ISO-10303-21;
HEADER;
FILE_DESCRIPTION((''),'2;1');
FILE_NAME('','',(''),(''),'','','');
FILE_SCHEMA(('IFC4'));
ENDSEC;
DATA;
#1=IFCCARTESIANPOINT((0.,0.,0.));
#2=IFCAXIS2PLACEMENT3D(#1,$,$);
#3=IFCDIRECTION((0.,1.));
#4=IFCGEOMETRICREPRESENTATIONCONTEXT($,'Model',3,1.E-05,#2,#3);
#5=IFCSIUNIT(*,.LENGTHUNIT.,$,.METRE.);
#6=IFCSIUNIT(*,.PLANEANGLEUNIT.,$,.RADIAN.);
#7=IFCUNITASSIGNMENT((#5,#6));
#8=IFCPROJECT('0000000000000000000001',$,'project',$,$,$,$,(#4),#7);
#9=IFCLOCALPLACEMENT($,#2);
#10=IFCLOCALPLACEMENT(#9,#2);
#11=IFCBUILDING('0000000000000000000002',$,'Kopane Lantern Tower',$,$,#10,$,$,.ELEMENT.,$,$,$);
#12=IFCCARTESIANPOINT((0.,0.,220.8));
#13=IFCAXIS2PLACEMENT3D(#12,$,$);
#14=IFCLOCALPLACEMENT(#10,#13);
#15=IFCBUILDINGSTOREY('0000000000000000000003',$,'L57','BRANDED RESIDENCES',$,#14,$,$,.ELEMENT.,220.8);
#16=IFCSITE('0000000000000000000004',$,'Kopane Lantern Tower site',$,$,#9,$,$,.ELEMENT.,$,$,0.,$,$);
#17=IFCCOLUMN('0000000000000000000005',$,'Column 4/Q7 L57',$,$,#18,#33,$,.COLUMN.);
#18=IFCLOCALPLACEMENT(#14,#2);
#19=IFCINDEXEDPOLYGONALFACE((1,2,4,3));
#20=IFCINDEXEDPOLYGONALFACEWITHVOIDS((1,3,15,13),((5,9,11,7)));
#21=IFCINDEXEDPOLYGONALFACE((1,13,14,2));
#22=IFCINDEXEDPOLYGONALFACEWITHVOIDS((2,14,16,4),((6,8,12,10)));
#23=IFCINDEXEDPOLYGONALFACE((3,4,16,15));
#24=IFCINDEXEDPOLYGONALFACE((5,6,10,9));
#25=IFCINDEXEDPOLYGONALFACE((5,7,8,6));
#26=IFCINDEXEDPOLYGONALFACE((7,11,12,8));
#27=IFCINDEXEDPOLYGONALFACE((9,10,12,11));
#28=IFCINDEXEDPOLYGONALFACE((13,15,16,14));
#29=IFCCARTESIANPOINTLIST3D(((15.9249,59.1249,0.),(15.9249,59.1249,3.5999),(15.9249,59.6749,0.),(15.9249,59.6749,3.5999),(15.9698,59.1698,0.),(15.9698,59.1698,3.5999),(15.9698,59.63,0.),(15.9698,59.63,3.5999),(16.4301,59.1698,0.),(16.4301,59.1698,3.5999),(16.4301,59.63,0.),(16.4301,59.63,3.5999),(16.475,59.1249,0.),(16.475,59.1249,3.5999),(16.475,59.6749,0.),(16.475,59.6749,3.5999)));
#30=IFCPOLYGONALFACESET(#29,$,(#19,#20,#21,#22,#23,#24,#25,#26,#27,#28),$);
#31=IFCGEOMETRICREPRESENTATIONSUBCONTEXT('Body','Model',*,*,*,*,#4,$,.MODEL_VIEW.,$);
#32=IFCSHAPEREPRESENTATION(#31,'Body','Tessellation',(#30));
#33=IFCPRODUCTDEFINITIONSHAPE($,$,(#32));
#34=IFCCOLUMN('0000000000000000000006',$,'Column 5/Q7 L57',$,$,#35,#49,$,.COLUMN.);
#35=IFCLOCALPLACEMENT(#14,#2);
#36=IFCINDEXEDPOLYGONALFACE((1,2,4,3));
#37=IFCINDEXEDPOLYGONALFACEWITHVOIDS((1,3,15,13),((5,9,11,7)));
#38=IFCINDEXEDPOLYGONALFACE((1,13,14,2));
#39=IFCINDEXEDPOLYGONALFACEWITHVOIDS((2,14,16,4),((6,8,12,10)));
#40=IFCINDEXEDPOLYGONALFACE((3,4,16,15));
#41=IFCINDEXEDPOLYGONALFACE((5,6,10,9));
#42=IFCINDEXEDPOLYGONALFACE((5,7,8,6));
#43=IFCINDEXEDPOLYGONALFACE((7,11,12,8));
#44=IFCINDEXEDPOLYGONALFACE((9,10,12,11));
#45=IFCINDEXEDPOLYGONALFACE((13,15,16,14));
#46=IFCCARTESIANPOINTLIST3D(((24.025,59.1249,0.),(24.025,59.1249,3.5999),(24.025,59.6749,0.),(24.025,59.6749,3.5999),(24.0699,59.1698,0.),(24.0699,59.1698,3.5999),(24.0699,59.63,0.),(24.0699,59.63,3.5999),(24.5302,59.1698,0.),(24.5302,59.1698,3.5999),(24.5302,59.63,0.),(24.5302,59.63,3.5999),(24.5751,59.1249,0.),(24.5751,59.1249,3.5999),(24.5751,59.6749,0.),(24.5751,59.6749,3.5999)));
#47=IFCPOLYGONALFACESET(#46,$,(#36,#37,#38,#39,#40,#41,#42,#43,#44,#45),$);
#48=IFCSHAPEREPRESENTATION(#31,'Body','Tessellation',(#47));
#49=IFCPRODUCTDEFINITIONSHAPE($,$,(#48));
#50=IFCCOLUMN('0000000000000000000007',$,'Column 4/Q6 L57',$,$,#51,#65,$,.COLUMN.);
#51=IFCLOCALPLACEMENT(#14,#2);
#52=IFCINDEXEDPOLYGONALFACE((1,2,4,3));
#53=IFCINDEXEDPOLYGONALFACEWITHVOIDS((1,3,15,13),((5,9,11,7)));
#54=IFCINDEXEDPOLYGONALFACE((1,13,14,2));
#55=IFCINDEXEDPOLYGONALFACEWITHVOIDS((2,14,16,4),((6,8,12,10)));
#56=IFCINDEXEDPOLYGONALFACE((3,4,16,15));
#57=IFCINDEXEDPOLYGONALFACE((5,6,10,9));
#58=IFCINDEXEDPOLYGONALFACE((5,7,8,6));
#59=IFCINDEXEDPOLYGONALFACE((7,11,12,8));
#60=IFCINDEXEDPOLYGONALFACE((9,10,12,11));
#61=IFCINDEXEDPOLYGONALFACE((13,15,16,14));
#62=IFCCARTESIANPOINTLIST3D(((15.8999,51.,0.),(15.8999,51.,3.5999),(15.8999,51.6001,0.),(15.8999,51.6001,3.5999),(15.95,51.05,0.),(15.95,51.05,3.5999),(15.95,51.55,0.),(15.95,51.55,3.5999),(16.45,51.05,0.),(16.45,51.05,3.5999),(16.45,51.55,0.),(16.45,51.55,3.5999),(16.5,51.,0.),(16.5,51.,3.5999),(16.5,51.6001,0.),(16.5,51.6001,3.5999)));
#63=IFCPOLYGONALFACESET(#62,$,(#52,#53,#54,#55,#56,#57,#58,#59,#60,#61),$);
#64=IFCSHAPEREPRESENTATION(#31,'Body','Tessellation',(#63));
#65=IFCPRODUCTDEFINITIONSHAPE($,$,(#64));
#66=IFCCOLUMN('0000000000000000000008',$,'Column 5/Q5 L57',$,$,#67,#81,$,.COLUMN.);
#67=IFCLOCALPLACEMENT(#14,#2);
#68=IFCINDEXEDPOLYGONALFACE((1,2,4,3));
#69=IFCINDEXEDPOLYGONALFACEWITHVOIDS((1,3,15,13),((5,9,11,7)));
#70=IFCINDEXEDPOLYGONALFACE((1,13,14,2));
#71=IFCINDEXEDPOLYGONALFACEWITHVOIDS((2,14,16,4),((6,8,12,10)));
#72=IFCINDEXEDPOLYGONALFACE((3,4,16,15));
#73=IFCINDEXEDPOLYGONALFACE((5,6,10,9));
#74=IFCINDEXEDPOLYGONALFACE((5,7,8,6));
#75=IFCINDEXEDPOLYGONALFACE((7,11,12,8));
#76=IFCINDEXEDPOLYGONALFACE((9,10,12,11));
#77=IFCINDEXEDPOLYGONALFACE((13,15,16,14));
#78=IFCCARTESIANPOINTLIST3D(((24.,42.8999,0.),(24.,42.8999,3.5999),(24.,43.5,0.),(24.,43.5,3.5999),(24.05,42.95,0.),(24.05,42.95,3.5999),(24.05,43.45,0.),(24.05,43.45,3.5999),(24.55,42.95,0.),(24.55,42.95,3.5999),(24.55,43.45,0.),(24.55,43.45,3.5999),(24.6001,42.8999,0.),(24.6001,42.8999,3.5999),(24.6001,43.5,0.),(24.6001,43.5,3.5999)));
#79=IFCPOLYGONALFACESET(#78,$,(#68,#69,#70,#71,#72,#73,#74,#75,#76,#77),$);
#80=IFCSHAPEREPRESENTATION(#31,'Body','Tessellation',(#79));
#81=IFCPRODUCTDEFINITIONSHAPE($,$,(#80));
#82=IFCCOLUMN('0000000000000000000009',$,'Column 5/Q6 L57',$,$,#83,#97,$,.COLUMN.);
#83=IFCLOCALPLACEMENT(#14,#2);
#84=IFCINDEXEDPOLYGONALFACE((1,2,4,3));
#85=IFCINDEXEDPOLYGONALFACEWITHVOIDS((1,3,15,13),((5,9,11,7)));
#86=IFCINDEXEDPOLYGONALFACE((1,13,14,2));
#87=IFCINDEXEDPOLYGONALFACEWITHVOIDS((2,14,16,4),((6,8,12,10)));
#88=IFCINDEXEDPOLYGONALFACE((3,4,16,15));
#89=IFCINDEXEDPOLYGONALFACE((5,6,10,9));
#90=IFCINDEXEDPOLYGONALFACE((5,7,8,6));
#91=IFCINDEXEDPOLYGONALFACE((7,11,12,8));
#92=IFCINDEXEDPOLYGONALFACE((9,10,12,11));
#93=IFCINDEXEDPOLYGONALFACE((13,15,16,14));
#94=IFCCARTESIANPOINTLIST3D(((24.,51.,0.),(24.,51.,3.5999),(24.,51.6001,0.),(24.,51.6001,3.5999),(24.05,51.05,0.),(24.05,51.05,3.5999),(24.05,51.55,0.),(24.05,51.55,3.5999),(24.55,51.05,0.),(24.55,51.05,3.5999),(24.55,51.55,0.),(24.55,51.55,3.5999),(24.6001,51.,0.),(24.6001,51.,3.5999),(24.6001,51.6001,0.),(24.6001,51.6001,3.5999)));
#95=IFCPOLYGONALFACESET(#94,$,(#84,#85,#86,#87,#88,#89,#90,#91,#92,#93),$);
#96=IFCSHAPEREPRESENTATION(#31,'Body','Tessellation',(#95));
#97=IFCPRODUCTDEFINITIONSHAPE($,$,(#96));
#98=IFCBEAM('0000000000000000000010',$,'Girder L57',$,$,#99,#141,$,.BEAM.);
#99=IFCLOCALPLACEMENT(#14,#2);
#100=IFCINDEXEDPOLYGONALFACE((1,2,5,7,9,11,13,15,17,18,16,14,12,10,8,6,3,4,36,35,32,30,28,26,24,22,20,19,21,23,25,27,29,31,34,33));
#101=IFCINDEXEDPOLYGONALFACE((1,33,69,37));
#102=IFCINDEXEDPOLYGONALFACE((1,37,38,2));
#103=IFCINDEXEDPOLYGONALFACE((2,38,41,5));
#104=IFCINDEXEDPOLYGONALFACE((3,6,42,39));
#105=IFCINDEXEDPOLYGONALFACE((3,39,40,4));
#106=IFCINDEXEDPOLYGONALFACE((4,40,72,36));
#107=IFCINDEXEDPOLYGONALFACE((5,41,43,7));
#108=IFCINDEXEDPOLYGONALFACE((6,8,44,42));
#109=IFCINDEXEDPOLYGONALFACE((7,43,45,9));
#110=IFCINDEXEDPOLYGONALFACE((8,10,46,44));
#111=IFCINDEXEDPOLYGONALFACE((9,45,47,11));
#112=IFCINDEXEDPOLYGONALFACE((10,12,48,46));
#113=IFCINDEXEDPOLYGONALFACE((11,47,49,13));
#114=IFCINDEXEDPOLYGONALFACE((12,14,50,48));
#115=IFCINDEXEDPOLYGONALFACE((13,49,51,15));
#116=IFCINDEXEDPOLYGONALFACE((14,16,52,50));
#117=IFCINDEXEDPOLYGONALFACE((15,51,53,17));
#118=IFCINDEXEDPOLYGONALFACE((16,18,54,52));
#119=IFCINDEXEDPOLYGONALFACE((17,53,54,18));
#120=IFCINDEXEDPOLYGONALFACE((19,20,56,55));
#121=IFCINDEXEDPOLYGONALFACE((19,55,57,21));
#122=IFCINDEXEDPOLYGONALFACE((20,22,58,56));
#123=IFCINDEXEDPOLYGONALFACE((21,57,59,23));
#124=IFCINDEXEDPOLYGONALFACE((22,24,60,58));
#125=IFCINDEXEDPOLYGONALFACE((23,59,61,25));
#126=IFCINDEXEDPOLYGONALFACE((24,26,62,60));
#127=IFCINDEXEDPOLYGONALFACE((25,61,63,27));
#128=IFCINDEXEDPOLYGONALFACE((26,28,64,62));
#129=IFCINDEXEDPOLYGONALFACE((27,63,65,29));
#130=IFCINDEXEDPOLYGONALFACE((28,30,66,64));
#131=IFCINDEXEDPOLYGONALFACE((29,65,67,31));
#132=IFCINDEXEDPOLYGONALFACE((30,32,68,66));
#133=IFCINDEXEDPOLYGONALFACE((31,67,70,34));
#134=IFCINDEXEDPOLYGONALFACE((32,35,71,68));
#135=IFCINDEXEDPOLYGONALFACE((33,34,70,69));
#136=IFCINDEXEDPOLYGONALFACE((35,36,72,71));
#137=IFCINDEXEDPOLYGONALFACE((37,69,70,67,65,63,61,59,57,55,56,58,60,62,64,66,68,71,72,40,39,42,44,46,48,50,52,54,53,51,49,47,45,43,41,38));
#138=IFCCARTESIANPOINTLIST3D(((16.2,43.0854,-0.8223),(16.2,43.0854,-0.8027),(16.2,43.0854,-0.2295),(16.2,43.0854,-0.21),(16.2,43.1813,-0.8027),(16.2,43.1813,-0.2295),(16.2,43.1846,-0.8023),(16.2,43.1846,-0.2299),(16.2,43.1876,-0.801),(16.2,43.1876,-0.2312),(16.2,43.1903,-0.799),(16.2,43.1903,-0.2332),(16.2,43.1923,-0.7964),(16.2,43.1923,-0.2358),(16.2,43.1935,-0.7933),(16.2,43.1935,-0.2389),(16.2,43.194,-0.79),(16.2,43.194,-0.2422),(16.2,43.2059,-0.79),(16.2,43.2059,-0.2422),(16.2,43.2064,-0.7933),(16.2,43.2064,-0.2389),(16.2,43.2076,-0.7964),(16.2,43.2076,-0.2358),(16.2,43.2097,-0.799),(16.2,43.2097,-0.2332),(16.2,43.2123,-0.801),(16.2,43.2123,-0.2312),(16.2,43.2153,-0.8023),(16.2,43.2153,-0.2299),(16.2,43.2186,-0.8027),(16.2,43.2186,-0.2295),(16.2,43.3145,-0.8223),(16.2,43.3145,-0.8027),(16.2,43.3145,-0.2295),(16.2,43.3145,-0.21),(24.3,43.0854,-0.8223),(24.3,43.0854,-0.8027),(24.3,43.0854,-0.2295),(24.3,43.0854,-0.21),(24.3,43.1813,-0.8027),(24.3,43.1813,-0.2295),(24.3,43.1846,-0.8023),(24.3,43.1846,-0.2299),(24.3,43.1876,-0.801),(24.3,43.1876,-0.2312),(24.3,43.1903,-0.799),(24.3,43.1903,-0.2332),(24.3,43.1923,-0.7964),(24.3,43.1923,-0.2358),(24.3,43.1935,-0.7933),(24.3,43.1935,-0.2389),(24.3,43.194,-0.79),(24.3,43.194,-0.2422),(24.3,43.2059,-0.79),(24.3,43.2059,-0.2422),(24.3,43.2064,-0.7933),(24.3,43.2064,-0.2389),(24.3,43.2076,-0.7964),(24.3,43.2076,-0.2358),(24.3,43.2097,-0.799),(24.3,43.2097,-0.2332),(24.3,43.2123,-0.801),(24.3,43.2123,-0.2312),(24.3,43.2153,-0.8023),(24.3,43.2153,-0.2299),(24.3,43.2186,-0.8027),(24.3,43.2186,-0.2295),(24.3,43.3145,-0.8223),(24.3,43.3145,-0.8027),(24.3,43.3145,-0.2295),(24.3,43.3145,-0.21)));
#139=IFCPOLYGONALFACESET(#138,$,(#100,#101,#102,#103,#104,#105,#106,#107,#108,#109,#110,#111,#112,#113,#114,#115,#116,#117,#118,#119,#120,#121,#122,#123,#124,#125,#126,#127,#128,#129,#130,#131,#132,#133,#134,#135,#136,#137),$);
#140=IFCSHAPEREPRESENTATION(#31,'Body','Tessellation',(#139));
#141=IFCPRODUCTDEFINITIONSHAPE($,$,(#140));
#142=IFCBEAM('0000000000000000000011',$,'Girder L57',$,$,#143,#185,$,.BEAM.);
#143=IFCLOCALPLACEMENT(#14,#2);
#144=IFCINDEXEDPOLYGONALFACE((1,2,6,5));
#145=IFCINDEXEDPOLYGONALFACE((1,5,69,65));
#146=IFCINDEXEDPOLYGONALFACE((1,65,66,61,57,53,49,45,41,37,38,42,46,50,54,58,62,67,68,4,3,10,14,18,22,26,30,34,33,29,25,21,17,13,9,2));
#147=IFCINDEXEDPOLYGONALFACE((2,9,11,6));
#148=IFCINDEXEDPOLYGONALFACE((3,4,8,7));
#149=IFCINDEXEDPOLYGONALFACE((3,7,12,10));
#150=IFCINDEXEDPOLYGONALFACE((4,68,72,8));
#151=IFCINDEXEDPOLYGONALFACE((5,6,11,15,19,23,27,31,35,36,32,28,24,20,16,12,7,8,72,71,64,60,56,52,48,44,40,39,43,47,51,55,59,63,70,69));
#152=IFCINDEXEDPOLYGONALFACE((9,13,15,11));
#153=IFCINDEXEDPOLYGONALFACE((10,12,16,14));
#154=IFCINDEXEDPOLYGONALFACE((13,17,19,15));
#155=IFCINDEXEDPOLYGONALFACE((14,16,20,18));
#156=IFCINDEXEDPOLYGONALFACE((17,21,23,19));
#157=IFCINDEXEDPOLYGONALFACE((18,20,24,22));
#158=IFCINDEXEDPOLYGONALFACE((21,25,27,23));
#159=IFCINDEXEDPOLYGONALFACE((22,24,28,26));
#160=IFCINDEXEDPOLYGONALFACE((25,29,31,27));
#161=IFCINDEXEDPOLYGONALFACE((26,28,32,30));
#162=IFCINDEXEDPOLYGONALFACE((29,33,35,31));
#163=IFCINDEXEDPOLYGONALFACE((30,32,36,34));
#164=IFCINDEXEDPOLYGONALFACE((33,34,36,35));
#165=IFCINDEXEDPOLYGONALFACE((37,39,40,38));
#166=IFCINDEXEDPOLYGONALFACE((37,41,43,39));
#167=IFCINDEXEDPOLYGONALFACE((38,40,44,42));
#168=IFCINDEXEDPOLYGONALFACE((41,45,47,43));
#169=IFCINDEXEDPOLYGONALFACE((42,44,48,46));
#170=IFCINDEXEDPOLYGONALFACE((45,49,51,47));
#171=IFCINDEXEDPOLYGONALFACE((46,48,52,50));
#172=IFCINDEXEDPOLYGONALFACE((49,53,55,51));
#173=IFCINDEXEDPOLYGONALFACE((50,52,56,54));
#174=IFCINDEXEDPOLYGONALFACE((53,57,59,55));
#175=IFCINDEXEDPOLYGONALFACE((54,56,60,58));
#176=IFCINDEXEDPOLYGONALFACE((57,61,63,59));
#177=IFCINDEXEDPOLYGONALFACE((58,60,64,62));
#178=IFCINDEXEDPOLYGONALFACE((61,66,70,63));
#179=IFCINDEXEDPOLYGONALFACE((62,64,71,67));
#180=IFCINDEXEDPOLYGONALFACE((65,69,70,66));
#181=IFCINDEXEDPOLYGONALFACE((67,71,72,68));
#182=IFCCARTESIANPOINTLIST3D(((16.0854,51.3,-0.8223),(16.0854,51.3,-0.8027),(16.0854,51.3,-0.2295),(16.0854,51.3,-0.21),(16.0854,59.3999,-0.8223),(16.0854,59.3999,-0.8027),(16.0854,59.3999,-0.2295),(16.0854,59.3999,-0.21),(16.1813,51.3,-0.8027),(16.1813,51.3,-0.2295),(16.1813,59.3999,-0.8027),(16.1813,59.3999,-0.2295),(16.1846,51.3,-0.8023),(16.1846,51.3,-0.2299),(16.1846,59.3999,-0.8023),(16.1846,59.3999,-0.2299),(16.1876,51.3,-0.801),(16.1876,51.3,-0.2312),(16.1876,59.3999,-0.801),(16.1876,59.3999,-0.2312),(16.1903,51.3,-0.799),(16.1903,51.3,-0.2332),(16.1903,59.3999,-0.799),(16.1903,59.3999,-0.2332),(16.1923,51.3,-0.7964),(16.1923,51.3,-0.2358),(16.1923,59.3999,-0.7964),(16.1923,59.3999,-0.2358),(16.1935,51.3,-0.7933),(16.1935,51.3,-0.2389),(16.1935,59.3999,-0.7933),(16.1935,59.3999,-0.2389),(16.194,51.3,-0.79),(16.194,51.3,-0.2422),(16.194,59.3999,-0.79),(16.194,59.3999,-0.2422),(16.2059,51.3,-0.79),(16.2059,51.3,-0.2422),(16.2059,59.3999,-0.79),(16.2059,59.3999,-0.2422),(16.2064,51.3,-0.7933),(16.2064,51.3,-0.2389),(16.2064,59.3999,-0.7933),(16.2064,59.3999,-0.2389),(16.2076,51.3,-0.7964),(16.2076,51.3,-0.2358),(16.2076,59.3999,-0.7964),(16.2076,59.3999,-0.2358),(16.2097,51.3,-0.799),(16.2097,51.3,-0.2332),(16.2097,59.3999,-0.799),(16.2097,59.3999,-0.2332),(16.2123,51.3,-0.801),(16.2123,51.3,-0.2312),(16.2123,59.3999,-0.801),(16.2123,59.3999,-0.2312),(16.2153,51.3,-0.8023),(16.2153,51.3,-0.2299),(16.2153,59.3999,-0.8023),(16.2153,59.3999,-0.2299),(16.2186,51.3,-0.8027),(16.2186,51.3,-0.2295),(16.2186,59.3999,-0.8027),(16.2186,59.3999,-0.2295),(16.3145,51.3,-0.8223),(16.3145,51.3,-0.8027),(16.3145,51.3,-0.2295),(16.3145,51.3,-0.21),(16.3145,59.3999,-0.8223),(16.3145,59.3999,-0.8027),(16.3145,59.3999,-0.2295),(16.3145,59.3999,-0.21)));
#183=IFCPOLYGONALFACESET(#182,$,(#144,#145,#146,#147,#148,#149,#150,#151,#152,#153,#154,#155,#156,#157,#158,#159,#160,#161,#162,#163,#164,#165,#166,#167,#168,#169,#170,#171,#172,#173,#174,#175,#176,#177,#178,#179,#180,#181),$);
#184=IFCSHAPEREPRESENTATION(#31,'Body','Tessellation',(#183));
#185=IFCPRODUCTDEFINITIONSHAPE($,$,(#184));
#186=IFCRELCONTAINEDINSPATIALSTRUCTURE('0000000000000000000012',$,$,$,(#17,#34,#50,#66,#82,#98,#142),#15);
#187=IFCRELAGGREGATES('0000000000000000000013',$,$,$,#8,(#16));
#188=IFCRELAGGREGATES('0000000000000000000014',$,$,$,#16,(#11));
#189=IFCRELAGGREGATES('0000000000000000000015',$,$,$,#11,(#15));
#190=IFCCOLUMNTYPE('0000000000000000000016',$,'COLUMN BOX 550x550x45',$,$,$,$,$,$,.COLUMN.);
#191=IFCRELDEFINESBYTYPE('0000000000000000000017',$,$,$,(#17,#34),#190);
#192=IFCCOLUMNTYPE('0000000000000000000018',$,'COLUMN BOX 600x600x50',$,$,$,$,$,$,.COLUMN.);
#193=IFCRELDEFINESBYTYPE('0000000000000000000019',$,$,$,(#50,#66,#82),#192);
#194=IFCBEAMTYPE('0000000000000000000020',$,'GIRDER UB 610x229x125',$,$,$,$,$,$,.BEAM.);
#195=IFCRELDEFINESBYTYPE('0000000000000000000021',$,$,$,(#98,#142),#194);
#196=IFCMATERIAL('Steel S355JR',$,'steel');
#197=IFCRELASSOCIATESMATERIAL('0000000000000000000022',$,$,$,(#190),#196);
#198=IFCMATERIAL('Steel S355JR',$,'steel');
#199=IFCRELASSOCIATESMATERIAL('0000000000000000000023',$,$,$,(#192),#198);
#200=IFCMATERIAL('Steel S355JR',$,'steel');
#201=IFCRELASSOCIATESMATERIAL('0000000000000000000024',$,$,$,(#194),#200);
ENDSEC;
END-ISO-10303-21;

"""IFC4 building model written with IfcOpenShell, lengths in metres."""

from ifc_helpers import new_model, si_unit, direction, frame, origin, origin_2d, place, context, subcontext, project, spatial, hollow_rectangle, i_section, extrude, material, material_profile, profile_set, type_object, element, save


model = new_model("IFC4")

# Units and contexts
model_context = context("Model", 3, precision=1e-05, world=origin(), true_north=direction((0.0, 1.0)))
body_context = subcontext(model_context, "Body", "Model", "MODEL_VIEW")
ifc_project = project(units=[si_unit("LENGTHUNIT", "METRE"), si_unit("PLANEANGLEUNIT", "RADIAN")], contexts=[model_context])

# Site, building, storey
site_placement = place(None, origin())
site = spatial("IfcSite", under=ifc_project, at=site_placement, Name="Kopane Lantern Tower site", CompositionType="ELEMENT", RefElevation=0.0)
building_placement = place(site_placement, origin())
building = spatial("IfcBuilding", under=site, at=building_placement, Name="Kopane Lantern Tower", CompositionType="ELEMENT")
storey_placement = place(building_placement, frame((0.0, 0.0, 220.8)))
storey = spatial("IfcBuildingStorey", under=building, at=storey_placement, Name="L57", Description="BRANDED RESIDENCES", CompositionType="ELEMENT", Elevation=220.8)

# Columns
ifc_material_1 = material(Name="Steel S355JR", Category="steel")
ifc_material_profile_1 = material_profile(ifc_material_1, hollow_rectangle(XDim=0.55, YDim=0.55, WallThickness=0.0449, at=origin_2d()), Name="BOX 550x550x45")
ifc_profile_set_1 = profile_set([ifc_material_profile_1], Name="Steel S355JR")
column_type_1 = type_object("IfcColumnType", Name="COLUMN BOX 550x550x45", PredefinedType="COLUMN", material=ifc_profile_set_1)
for number, where, z_axis, x_axis, name in (
    (1, (16.2, 59.3999, 0.0), (0.0, 0.0, 1.0), (1.0, 0.0, 0.0), "Column 4/Q7 L57"),
    (2, (24.3, 59.3999, 0.0), (0.0, 0.0, 1.0), (1.0, 0.0, 0.0), "Column 5/Q7 L57"),
):
    element("IfcColumn", number, at=place(storey_placement, frame(where, z_axis=z_axis, x_axis=x_axis)), inside=storey, type_object=column_type_1, Name=name, PredefinedType="COLUMN", context=body_context, shape_type="SweptSolid", body=[
        extrude(hollow_rectangle(XDim=0.55, YDim=0.55, WallThickness=0.0449, at=origin_2d()), origin(), (0.0, 0.0, 1.0), 3.5999),
    ])
ifc_material_2 = material(Name="Steel S355JR", Category="steel")
ifc_material_profile_2 = material_profile(ifc_material_2, hollow_rectangle(XDim=0.6001, YDim=0.6001, WallThickness=0.05, at=origin_2d()), Name="BOX 600x600x50")
ifc_profile_set_2 = profile_set([ifc_material_profile_2], Name="Steel S355JR")
column_type_2 = type_object("IfcColumnType", Name="COLUMN BOX 600x600x50", PredefinedType="COLUMN", material=ifc_profile_set_2)
for number, where, z_axis, x_axis, name in (
    (3, (16.2, 51.3, 0.0), (0.0, 0.0, 1.0), (1.0, 0.0, 0.0), "Column 4/Q6 L57"),
    (4, (24.3, 43.2, 0.0), (0.0, 0.0, 1.0), (1.0, 0.0, 0.0), "Column 5/Q5 L57"),
    (5, (24.3, 51.3, 0.0), (0.0, 0.0, 1.0), (1.0, 0.0, 0.0), "Column 5/Q6 L57"),
):
    element("IfcColumn", number, at=place(storey_placement, frame(where, z_axis=z_axis, x_axis=x_axis)), inside=storey, type_object=column_type_2, Name=name, PredefinedType="COLUMN", context=body_context, shape_type="SweptSolid", body=[
        extrude(hollow_rectangle(XDim=0.6001, YDim=0.6001, WallThickness=0.05, at=origin_2d()), origin(), (0.0, 0.0, 1.0), 3.5999),
    ])

# Beams
ifc_material_3 = material(Name="Steel S355JR", Category="steel")
ifc_material_profile_3 = material_profile(ifc_material_3, i_section(OverallWidth=0.229, OverallDepth=0.6123, WebThickness=0.012, FlangeThickness=0.0195, FilletRadius=0.0127, at=origin_2d()), Name="UB 610x229x125")
ifc_profile_set_3 = profile_set([ifc_material_profile_3], Name="Steel S355JR")
beam_type = type_object("IfcBeamType", Name="GIRDER UB 610x229x125", PredefinedType="BEAM", material=ifc_profile_set_3)
beam_1_placement = place(storey_placement, frame((16.2, 43.2, -0.5161), z_axis=(1.0, 0.0, 0.0), x_axis=(0.0, 1.0, 0.0)))
element("IfcBeam", 6, at=beam_1_placement, inside=storey, type_object=beam_type, Name="Girder L57", PredefinedType="BEAM", context=body_context, shape_type="SweptSolid", body=[
    extrude(i_section(OverallWidth=0.229, OverallDepth=0.6123, WebThickness=0.012, FlangeThickness=0.0195, FilletRadius=0.0127, at=origin_2d()), origin(), (0.0, 0.0, 1.0), 8.1001),
])
beam_2_placement = place(storey_placement, frame((16.2, 51.3, -0.5161), z_axis=(0.0, 1.0, 0.0), x_axis=(-1.0, 0.0, 0.0)))
element("IfcBeam", 7, at=beam_2_placement, inside=storey, type_object=beam_type, Name="Girder L57", PredefinedType="BEAM", context=body_context, shape_type="SweptSolid", body=[
    extrude(i_section(OverallWidth=0.229, OverallDepth=0.6123, WebThickness=0.012, FlangeThickness=0.0195, FilletRadius=0.0127, at=origin_2d()), origin(), (0.0, 0.0, 1.0), 8.0999),
])

save(model, "model.ifc")
